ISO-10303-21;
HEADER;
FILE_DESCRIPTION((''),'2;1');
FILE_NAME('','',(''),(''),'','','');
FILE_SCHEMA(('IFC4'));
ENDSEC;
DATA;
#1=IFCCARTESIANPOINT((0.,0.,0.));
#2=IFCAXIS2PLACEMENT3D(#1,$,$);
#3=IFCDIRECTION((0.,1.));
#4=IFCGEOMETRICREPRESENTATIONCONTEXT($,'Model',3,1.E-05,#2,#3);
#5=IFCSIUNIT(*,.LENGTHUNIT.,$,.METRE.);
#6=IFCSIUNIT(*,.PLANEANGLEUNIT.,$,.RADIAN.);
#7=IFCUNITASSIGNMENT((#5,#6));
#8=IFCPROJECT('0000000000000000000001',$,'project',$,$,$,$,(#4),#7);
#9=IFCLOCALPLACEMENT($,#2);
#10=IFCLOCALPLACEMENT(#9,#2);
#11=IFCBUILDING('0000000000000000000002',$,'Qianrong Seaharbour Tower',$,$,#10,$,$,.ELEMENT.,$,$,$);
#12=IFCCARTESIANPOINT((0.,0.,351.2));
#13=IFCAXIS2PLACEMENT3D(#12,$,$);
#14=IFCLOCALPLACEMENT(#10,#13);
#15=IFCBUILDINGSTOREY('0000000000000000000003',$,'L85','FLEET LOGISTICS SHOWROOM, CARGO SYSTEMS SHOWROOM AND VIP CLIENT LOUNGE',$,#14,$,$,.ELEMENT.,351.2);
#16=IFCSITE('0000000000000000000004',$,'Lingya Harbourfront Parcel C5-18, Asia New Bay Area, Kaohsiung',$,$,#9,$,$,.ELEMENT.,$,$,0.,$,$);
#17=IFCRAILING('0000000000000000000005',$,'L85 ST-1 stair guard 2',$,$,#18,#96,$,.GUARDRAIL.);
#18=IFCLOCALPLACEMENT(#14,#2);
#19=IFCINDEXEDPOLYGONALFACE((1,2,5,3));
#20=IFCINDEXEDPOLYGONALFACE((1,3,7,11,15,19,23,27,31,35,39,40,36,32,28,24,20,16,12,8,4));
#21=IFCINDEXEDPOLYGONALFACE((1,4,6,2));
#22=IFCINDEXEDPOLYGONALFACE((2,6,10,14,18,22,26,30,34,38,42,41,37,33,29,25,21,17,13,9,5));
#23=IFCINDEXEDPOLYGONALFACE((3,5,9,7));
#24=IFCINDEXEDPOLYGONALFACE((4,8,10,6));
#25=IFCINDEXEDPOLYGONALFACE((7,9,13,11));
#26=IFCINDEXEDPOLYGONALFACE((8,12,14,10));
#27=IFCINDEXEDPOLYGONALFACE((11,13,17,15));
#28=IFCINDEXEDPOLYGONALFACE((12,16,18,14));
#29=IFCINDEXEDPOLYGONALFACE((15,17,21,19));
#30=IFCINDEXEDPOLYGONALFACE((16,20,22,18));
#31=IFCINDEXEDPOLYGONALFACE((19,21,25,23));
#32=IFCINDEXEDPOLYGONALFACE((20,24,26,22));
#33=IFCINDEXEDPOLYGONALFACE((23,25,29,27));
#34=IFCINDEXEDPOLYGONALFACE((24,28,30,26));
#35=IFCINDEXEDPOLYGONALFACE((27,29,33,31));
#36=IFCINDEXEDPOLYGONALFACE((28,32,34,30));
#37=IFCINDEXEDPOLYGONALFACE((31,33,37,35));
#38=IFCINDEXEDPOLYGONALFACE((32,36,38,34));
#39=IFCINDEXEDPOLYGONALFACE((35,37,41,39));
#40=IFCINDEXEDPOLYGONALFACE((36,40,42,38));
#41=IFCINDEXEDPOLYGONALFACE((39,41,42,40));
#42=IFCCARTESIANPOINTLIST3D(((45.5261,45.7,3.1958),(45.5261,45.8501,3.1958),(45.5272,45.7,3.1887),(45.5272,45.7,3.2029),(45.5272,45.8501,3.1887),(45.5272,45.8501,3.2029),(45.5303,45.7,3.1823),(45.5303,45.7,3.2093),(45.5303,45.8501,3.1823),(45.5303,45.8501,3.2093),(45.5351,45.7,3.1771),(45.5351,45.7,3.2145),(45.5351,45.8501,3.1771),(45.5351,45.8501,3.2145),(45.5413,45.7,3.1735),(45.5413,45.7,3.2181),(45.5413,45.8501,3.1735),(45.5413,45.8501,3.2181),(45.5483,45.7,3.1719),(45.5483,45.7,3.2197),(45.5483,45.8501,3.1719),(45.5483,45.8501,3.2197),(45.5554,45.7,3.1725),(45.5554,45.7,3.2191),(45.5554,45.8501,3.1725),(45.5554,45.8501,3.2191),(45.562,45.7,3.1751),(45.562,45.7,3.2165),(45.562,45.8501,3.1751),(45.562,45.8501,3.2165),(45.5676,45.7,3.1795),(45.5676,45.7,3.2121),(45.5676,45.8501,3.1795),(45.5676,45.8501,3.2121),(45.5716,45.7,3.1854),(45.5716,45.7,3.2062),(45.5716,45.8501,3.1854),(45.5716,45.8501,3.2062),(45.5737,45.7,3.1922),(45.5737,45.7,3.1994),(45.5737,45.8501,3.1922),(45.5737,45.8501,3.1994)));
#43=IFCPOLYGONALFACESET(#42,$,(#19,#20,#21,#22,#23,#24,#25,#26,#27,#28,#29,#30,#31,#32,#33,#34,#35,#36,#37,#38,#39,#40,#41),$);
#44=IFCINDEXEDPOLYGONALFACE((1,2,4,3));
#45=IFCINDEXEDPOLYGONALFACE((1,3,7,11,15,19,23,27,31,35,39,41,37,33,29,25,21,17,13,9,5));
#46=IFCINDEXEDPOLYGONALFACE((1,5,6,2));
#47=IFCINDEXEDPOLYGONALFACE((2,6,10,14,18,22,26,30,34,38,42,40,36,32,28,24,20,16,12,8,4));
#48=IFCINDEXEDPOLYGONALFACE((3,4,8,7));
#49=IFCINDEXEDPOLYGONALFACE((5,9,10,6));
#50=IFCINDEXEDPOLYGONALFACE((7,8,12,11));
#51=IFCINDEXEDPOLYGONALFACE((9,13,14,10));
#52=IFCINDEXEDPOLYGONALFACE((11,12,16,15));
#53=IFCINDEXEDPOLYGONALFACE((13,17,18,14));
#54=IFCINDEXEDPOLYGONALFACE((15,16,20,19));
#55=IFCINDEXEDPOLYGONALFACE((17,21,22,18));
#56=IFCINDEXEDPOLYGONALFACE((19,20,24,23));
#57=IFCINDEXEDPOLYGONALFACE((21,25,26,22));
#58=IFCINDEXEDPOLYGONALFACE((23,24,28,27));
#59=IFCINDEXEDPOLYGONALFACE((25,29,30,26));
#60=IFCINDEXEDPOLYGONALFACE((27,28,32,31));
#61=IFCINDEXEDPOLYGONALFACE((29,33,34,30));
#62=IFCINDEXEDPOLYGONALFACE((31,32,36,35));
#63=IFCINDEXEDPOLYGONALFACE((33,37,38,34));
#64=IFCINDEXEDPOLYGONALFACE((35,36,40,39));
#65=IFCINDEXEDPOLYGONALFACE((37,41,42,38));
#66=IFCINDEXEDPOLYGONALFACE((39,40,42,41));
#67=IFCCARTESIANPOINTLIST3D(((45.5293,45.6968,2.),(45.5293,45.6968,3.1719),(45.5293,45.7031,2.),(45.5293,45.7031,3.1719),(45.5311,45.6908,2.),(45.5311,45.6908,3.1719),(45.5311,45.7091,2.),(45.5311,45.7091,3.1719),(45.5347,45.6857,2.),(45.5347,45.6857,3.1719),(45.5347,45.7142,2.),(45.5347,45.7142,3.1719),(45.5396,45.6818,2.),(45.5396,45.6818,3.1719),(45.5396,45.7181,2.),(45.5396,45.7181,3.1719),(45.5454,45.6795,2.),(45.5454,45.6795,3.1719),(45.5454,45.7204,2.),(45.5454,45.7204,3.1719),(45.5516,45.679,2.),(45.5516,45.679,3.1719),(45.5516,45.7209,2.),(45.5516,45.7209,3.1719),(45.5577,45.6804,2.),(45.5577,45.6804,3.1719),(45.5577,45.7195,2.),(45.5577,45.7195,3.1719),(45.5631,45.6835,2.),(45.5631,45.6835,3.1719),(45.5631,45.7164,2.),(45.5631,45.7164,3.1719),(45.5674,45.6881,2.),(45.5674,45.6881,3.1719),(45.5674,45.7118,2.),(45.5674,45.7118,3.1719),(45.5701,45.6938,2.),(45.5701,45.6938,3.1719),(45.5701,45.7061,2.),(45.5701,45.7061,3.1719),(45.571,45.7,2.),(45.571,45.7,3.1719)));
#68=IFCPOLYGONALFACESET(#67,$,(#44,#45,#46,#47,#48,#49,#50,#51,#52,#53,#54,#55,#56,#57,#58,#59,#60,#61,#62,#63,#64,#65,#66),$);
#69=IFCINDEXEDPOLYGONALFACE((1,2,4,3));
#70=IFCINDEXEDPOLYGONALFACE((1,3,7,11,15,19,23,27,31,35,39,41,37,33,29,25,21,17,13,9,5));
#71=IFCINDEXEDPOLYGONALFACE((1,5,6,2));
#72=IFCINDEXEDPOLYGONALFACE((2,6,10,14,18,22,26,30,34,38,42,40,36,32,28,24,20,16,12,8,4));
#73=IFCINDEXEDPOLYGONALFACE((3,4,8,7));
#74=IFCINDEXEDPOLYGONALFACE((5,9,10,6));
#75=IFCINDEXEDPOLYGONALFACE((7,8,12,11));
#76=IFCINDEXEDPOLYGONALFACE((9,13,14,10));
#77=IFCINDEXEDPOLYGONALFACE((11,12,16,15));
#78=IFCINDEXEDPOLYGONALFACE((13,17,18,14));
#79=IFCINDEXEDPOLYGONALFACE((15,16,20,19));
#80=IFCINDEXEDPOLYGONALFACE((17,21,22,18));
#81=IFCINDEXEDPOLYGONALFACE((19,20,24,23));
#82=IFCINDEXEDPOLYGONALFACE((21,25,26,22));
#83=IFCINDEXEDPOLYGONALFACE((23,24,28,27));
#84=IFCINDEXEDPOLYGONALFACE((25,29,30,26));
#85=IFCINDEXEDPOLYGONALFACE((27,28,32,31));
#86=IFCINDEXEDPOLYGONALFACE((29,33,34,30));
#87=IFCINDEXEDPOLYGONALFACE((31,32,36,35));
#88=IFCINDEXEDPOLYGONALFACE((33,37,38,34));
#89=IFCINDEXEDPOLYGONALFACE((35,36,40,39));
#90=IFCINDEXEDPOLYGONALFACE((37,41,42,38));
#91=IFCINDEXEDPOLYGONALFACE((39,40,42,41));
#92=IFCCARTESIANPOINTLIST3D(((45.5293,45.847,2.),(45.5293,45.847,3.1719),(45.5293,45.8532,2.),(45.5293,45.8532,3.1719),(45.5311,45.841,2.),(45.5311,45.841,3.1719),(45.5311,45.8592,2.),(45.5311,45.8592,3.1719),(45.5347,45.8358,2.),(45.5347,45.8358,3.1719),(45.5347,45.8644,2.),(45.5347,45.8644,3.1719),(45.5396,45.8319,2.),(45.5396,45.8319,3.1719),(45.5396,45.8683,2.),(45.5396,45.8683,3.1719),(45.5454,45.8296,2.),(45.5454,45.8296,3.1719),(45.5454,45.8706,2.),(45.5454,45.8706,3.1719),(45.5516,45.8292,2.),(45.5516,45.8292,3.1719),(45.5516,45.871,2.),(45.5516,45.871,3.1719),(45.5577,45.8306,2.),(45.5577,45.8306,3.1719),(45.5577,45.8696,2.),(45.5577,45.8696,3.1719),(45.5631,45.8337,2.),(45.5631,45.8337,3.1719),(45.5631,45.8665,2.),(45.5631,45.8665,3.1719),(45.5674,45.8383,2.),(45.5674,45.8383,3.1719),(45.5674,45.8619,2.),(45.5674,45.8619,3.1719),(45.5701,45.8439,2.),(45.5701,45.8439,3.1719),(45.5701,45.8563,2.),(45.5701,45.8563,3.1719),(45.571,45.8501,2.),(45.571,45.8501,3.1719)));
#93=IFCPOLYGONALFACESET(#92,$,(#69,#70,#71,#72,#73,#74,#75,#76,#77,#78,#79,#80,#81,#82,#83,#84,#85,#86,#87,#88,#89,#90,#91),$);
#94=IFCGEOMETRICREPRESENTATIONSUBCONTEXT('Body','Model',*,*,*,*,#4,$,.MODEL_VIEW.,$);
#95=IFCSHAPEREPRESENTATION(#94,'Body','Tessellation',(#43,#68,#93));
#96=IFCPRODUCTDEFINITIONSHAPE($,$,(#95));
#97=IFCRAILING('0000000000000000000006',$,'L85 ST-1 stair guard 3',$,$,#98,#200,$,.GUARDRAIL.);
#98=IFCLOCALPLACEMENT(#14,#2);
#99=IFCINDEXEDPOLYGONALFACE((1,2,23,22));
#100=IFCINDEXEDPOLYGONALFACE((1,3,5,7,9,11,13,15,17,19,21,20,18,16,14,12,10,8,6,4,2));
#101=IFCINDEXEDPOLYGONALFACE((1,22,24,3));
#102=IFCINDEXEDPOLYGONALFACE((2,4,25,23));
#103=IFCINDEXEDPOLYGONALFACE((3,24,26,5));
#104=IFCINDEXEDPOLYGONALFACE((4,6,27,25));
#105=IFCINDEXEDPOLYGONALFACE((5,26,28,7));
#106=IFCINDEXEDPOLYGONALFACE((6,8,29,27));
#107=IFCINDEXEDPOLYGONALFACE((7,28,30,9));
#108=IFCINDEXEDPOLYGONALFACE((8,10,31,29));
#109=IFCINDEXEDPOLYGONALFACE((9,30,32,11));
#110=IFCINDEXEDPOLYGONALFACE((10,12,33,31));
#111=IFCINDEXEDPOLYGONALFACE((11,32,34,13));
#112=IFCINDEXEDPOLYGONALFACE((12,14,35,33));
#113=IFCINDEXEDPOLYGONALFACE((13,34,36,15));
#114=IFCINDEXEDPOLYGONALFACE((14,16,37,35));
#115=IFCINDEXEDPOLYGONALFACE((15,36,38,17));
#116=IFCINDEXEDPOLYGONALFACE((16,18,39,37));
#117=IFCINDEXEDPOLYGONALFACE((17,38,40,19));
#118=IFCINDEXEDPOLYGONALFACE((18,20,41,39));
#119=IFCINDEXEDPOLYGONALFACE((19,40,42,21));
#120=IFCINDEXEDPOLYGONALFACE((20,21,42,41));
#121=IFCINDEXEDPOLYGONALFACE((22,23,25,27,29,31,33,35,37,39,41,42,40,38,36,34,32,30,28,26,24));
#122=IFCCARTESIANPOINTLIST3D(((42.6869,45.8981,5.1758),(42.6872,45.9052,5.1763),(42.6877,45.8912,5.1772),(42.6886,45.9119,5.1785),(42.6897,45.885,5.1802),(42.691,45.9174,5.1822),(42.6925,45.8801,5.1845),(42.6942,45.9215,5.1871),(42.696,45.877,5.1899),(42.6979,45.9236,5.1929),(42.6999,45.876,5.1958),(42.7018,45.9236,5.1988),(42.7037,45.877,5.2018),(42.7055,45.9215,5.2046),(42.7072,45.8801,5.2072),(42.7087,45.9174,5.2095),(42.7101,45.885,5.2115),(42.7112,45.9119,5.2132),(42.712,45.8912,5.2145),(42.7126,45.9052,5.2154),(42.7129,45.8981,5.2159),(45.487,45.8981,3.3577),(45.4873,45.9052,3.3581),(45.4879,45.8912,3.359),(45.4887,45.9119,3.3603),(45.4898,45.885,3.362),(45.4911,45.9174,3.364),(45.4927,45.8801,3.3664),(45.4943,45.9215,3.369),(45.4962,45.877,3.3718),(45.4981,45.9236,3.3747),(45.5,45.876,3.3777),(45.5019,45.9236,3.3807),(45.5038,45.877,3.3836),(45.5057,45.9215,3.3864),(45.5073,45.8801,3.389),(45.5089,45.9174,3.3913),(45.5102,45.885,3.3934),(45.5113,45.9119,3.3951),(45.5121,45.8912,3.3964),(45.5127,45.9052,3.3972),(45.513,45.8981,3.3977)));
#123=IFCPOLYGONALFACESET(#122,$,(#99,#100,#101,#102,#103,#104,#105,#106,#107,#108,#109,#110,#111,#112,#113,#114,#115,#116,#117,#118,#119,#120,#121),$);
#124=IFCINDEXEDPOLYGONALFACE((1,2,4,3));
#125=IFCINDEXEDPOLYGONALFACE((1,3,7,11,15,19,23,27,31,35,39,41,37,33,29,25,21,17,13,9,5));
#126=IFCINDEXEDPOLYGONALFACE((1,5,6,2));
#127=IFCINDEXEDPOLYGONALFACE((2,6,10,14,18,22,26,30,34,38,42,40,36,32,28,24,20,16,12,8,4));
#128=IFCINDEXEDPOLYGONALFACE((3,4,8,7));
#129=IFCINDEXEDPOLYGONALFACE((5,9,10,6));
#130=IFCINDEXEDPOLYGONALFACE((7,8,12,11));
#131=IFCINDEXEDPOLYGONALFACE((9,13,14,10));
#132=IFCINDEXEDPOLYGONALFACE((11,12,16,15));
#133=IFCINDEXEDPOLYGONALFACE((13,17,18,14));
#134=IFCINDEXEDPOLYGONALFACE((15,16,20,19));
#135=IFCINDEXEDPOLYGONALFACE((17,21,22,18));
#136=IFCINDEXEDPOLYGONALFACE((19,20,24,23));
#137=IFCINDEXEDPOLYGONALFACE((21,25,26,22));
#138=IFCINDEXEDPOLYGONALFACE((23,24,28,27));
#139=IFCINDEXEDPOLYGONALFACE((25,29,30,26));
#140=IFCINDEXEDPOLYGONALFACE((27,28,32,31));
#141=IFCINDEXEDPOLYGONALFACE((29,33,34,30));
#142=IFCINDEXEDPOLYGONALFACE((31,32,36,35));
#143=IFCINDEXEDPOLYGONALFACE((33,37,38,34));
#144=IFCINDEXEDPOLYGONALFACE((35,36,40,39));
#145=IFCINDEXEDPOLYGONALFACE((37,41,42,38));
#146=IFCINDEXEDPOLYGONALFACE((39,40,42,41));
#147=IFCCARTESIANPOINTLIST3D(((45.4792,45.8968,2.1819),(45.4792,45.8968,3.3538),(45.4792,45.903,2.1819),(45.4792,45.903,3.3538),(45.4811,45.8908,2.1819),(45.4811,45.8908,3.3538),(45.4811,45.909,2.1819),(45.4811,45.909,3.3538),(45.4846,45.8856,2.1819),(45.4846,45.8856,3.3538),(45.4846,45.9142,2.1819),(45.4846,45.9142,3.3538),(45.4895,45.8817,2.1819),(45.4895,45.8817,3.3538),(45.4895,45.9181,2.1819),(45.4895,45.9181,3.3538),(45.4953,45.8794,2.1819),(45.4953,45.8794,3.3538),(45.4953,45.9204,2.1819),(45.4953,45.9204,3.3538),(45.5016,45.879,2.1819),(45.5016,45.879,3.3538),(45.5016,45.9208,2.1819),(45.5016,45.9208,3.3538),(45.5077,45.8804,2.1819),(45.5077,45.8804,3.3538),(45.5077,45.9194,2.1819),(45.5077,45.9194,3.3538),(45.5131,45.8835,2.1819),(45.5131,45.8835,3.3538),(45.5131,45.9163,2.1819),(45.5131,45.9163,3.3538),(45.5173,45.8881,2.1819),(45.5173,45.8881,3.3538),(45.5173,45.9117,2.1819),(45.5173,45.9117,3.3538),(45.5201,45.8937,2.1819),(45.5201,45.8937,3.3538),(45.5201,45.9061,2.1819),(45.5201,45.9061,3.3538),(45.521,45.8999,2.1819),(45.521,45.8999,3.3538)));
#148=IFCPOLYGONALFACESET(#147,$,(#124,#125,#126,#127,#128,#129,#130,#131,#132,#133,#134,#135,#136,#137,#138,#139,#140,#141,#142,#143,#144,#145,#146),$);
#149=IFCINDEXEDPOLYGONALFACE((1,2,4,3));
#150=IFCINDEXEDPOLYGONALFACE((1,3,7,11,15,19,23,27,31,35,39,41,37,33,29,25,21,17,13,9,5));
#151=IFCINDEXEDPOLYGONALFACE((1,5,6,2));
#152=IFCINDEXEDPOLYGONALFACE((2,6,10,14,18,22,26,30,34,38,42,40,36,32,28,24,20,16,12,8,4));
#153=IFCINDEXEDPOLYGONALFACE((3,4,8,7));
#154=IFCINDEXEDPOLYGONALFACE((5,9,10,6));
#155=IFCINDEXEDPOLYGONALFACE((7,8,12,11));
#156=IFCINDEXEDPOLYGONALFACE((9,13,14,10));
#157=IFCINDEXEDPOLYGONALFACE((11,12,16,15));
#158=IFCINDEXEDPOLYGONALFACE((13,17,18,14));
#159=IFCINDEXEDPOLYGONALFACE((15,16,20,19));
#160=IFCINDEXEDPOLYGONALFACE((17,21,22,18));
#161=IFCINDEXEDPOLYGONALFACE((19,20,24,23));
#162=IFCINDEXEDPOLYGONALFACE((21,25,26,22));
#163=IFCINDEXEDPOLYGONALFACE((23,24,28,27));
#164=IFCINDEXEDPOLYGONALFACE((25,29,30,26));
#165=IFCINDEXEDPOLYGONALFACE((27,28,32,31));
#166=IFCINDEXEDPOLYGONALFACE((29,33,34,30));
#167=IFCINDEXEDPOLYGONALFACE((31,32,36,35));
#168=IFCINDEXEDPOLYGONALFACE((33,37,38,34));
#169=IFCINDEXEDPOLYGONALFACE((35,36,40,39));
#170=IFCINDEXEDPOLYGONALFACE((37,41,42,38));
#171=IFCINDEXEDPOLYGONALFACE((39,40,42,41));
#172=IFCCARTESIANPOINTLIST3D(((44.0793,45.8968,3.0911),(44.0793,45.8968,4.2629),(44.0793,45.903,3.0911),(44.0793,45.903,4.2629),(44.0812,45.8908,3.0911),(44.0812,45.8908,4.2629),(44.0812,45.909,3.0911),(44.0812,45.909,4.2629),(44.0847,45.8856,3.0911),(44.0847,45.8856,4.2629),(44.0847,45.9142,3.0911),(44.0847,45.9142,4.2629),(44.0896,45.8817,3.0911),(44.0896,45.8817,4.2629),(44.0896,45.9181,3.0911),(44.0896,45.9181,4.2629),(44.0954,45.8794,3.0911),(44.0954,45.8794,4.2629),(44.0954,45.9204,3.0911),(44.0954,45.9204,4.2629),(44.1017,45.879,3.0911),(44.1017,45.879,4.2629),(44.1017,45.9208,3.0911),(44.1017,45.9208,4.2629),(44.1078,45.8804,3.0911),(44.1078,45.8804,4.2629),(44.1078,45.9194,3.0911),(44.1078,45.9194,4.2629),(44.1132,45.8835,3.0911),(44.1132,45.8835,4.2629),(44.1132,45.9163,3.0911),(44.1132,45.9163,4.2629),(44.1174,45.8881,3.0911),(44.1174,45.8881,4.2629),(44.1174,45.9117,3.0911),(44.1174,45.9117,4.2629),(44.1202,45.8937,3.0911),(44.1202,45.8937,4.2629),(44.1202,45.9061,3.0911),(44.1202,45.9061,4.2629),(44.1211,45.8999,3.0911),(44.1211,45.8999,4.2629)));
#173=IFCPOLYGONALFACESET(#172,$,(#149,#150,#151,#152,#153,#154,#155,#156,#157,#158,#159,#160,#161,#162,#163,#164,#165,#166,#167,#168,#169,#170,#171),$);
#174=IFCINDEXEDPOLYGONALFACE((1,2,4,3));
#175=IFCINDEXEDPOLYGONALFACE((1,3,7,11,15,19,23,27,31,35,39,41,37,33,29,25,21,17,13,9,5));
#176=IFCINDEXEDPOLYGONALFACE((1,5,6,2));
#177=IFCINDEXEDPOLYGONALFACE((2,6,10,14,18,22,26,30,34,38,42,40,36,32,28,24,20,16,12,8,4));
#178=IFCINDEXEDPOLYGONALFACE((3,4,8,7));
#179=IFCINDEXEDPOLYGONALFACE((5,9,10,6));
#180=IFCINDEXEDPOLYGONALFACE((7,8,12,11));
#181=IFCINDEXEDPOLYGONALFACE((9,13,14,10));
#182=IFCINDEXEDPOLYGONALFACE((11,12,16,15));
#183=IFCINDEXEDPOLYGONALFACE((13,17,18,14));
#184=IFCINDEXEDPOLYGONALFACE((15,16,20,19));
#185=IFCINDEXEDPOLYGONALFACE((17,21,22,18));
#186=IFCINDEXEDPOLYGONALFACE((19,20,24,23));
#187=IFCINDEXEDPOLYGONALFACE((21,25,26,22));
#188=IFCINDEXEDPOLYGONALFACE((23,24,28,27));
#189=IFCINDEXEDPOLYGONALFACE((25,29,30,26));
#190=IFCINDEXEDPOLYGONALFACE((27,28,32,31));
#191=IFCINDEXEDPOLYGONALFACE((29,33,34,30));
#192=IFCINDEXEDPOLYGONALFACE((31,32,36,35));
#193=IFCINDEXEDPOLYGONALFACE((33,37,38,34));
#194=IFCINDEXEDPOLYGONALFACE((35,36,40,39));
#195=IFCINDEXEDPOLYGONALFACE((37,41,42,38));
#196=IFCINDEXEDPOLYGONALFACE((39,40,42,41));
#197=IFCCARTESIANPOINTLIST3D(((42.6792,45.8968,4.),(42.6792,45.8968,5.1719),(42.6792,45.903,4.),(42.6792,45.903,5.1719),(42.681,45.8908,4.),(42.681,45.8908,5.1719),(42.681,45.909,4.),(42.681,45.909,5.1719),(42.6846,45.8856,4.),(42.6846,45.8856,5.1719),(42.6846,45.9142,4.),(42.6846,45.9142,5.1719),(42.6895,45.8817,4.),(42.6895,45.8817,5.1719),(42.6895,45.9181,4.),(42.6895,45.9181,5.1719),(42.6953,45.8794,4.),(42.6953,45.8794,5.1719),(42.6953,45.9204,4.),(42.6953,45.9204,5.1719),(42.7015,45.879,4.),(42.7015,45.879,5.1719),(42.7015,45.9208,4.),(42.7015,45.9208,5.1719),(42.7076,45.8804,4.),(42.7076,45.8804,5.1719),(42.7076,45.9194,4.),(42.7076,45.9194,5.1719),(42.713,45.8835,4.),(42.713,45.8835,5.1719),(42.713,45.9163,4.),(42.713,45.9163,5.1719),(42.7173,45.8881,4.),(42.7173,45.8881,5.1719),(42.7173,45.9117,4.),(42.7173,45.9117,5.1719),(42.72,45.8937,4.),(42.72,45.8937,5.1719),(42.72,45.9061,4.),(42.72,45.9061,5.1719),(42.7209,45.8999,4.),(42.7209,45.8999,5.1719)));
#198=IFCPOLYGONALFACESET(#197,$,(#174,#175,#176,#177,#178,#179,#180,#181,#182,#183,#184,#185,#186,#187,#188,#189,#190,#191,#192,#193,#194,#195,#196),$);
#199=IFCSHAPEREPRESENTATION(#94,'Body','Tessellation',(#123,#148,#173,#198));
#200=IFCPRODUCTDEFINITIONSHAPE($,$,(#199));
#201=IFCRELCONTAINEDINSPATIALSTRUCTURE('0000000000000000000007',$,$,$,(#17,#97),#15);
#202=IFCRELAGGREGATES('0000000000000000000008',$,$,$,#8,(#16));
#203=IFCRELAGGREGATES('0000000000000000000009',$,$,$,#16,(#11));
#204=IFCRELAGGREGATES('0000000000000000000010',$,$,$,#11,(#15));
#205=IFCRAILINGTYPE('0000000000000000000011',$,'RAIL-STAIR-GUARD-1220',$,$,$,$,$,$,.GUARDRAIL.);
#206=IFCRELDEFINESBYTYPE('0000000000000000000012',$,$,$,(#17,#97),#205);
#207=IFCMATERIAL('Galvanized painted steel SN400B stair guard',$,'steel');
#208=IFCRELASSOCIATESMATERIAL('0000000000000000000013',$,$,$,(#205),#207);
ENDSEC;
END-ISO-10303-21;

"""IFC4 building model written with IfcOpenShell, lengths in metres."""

from ifc_helpers import new_model, si_unit, direction, frame, origin, origin_2d, place, context, subcontext, project, spatial, circle, extrude, material, type_object, element, save


model = new_model("IFC4")

# Units and contexts
model_context = context("Model", 3, precision=1e-05, world=origin(), true_north=direction((0.0, 1.0)))
body_context = subcontext(model_context, "Body", "Model", "MODEL_VIEW")
ifc_project = project(units=[si_unit("LENGTHUNIT", "METRE"), si_unit("PLANEANGLEUNIT", "RADIAN")], contexts=[model_context])

# Site, building, storey
site_placement = place(None, origin())
site = spatial("IfcSite", under=ifc_project, at=site_placement, Name="Lingya Harbourfront Parcel C5-18, Asia New Bay Area, Kaohsiung", CompositionType="ELEMENT", RefElevation=0.0)
building_placement = place(site_placement, origin())
building = spatial("IfcBuilding", under=site, at=building_placement, Name="Qianrong Seaharbour Tower", CompositionType="ELEMENT")
storey_placement = place(building_placement, frame((0.0, 0.0, 351.2)))
storey = spatial("IfcBuildingStorey", under=building, at=storey_placement, Name="L85", Description="FLEET LOGISTICS SHOWROOM, CARGO SYSTEMS SHOWROOM AND VIP CLIENT LOUNGE", CompositionType="ELEMENT", Elevation=351.2)

# Railings
ifc_material_1 = material(Name="Galvanized painted steel SN400B stair guard", Category="steel")
railing_type_1 = type_object("IfcRailingType", Name="RAIL-STAIR-GUARD-1220", PredefinedType="GUARDRAIL", material=ifc_material_1)
railing_1_placement = place(storey_placement, frame((45.55, 45.7, 2.0)))
element("IfcRailing", 1, at=railing_1_placement, inside=storey, type_object=railing_type_1, Name="L85 ST-1 stair guard 2", PredefinedType="GUARDRAIL", context=body_context, shape_type="SweptSolid", body=[
    extrude(circle(Radius=0.0239, at=origin_2d()), frame((0.0, 0.0, 1.1958), z_axis=(0.0, 1.0, 0.0), x_axis=(-1.0, 0.0, 0.0)), (0.0, 0.0, 1.0), 0.1501),
    extrude(circle(Radius=0.021, at=origin_2d()), origin(), (0.0, 0.0, 1.0), 1.1719),
    extrude(circle(Radius=0.021, at=origin_2d()), frame((0.0, 0.1501, 0.0)), (0.0, 0.0, 1.0), 1.1719),
])
railing_2_placement = place(storey_placement, frame((45.5, 45.8999, 2.1819)))
element("IfcRailing", 2, at=railing_2_placement, inside=storey, type_object=railing_type_1, Name="L85 ST-1 stair guard 3", PredefinedType="GUARDRAIL", context=body_context, shape_type="SweptSolid", body=[
    extrude(circle(Radius=0.0239, at=origin_2d()), frame((0.0, 0.0, 1.1958), z_axis=(-0.838706, 0.0, 0.544585), x_axis=(0.0, -1.0, 0.0)), (0.0, 0.0, 1.0), 3.3386),
    extrude(circle(Radius=0.021, at=origin_2d()), origin(), (0.0, 0.0, 1.0), 1.1719),
    extrude(circle(Radius=0.021, at=origin_2d()), frame((-1.3999, 0.0, 0.9092)), (0.0, 0.0, 1.0), 1.1719),
    extrude(circle(Radius=0.021, at=origin_2d()), frame((-2.8, 0.0, 1.8181)), (0.0, 0.0, 1.0), 1.1719),
])

save(model, "model.ifc")
